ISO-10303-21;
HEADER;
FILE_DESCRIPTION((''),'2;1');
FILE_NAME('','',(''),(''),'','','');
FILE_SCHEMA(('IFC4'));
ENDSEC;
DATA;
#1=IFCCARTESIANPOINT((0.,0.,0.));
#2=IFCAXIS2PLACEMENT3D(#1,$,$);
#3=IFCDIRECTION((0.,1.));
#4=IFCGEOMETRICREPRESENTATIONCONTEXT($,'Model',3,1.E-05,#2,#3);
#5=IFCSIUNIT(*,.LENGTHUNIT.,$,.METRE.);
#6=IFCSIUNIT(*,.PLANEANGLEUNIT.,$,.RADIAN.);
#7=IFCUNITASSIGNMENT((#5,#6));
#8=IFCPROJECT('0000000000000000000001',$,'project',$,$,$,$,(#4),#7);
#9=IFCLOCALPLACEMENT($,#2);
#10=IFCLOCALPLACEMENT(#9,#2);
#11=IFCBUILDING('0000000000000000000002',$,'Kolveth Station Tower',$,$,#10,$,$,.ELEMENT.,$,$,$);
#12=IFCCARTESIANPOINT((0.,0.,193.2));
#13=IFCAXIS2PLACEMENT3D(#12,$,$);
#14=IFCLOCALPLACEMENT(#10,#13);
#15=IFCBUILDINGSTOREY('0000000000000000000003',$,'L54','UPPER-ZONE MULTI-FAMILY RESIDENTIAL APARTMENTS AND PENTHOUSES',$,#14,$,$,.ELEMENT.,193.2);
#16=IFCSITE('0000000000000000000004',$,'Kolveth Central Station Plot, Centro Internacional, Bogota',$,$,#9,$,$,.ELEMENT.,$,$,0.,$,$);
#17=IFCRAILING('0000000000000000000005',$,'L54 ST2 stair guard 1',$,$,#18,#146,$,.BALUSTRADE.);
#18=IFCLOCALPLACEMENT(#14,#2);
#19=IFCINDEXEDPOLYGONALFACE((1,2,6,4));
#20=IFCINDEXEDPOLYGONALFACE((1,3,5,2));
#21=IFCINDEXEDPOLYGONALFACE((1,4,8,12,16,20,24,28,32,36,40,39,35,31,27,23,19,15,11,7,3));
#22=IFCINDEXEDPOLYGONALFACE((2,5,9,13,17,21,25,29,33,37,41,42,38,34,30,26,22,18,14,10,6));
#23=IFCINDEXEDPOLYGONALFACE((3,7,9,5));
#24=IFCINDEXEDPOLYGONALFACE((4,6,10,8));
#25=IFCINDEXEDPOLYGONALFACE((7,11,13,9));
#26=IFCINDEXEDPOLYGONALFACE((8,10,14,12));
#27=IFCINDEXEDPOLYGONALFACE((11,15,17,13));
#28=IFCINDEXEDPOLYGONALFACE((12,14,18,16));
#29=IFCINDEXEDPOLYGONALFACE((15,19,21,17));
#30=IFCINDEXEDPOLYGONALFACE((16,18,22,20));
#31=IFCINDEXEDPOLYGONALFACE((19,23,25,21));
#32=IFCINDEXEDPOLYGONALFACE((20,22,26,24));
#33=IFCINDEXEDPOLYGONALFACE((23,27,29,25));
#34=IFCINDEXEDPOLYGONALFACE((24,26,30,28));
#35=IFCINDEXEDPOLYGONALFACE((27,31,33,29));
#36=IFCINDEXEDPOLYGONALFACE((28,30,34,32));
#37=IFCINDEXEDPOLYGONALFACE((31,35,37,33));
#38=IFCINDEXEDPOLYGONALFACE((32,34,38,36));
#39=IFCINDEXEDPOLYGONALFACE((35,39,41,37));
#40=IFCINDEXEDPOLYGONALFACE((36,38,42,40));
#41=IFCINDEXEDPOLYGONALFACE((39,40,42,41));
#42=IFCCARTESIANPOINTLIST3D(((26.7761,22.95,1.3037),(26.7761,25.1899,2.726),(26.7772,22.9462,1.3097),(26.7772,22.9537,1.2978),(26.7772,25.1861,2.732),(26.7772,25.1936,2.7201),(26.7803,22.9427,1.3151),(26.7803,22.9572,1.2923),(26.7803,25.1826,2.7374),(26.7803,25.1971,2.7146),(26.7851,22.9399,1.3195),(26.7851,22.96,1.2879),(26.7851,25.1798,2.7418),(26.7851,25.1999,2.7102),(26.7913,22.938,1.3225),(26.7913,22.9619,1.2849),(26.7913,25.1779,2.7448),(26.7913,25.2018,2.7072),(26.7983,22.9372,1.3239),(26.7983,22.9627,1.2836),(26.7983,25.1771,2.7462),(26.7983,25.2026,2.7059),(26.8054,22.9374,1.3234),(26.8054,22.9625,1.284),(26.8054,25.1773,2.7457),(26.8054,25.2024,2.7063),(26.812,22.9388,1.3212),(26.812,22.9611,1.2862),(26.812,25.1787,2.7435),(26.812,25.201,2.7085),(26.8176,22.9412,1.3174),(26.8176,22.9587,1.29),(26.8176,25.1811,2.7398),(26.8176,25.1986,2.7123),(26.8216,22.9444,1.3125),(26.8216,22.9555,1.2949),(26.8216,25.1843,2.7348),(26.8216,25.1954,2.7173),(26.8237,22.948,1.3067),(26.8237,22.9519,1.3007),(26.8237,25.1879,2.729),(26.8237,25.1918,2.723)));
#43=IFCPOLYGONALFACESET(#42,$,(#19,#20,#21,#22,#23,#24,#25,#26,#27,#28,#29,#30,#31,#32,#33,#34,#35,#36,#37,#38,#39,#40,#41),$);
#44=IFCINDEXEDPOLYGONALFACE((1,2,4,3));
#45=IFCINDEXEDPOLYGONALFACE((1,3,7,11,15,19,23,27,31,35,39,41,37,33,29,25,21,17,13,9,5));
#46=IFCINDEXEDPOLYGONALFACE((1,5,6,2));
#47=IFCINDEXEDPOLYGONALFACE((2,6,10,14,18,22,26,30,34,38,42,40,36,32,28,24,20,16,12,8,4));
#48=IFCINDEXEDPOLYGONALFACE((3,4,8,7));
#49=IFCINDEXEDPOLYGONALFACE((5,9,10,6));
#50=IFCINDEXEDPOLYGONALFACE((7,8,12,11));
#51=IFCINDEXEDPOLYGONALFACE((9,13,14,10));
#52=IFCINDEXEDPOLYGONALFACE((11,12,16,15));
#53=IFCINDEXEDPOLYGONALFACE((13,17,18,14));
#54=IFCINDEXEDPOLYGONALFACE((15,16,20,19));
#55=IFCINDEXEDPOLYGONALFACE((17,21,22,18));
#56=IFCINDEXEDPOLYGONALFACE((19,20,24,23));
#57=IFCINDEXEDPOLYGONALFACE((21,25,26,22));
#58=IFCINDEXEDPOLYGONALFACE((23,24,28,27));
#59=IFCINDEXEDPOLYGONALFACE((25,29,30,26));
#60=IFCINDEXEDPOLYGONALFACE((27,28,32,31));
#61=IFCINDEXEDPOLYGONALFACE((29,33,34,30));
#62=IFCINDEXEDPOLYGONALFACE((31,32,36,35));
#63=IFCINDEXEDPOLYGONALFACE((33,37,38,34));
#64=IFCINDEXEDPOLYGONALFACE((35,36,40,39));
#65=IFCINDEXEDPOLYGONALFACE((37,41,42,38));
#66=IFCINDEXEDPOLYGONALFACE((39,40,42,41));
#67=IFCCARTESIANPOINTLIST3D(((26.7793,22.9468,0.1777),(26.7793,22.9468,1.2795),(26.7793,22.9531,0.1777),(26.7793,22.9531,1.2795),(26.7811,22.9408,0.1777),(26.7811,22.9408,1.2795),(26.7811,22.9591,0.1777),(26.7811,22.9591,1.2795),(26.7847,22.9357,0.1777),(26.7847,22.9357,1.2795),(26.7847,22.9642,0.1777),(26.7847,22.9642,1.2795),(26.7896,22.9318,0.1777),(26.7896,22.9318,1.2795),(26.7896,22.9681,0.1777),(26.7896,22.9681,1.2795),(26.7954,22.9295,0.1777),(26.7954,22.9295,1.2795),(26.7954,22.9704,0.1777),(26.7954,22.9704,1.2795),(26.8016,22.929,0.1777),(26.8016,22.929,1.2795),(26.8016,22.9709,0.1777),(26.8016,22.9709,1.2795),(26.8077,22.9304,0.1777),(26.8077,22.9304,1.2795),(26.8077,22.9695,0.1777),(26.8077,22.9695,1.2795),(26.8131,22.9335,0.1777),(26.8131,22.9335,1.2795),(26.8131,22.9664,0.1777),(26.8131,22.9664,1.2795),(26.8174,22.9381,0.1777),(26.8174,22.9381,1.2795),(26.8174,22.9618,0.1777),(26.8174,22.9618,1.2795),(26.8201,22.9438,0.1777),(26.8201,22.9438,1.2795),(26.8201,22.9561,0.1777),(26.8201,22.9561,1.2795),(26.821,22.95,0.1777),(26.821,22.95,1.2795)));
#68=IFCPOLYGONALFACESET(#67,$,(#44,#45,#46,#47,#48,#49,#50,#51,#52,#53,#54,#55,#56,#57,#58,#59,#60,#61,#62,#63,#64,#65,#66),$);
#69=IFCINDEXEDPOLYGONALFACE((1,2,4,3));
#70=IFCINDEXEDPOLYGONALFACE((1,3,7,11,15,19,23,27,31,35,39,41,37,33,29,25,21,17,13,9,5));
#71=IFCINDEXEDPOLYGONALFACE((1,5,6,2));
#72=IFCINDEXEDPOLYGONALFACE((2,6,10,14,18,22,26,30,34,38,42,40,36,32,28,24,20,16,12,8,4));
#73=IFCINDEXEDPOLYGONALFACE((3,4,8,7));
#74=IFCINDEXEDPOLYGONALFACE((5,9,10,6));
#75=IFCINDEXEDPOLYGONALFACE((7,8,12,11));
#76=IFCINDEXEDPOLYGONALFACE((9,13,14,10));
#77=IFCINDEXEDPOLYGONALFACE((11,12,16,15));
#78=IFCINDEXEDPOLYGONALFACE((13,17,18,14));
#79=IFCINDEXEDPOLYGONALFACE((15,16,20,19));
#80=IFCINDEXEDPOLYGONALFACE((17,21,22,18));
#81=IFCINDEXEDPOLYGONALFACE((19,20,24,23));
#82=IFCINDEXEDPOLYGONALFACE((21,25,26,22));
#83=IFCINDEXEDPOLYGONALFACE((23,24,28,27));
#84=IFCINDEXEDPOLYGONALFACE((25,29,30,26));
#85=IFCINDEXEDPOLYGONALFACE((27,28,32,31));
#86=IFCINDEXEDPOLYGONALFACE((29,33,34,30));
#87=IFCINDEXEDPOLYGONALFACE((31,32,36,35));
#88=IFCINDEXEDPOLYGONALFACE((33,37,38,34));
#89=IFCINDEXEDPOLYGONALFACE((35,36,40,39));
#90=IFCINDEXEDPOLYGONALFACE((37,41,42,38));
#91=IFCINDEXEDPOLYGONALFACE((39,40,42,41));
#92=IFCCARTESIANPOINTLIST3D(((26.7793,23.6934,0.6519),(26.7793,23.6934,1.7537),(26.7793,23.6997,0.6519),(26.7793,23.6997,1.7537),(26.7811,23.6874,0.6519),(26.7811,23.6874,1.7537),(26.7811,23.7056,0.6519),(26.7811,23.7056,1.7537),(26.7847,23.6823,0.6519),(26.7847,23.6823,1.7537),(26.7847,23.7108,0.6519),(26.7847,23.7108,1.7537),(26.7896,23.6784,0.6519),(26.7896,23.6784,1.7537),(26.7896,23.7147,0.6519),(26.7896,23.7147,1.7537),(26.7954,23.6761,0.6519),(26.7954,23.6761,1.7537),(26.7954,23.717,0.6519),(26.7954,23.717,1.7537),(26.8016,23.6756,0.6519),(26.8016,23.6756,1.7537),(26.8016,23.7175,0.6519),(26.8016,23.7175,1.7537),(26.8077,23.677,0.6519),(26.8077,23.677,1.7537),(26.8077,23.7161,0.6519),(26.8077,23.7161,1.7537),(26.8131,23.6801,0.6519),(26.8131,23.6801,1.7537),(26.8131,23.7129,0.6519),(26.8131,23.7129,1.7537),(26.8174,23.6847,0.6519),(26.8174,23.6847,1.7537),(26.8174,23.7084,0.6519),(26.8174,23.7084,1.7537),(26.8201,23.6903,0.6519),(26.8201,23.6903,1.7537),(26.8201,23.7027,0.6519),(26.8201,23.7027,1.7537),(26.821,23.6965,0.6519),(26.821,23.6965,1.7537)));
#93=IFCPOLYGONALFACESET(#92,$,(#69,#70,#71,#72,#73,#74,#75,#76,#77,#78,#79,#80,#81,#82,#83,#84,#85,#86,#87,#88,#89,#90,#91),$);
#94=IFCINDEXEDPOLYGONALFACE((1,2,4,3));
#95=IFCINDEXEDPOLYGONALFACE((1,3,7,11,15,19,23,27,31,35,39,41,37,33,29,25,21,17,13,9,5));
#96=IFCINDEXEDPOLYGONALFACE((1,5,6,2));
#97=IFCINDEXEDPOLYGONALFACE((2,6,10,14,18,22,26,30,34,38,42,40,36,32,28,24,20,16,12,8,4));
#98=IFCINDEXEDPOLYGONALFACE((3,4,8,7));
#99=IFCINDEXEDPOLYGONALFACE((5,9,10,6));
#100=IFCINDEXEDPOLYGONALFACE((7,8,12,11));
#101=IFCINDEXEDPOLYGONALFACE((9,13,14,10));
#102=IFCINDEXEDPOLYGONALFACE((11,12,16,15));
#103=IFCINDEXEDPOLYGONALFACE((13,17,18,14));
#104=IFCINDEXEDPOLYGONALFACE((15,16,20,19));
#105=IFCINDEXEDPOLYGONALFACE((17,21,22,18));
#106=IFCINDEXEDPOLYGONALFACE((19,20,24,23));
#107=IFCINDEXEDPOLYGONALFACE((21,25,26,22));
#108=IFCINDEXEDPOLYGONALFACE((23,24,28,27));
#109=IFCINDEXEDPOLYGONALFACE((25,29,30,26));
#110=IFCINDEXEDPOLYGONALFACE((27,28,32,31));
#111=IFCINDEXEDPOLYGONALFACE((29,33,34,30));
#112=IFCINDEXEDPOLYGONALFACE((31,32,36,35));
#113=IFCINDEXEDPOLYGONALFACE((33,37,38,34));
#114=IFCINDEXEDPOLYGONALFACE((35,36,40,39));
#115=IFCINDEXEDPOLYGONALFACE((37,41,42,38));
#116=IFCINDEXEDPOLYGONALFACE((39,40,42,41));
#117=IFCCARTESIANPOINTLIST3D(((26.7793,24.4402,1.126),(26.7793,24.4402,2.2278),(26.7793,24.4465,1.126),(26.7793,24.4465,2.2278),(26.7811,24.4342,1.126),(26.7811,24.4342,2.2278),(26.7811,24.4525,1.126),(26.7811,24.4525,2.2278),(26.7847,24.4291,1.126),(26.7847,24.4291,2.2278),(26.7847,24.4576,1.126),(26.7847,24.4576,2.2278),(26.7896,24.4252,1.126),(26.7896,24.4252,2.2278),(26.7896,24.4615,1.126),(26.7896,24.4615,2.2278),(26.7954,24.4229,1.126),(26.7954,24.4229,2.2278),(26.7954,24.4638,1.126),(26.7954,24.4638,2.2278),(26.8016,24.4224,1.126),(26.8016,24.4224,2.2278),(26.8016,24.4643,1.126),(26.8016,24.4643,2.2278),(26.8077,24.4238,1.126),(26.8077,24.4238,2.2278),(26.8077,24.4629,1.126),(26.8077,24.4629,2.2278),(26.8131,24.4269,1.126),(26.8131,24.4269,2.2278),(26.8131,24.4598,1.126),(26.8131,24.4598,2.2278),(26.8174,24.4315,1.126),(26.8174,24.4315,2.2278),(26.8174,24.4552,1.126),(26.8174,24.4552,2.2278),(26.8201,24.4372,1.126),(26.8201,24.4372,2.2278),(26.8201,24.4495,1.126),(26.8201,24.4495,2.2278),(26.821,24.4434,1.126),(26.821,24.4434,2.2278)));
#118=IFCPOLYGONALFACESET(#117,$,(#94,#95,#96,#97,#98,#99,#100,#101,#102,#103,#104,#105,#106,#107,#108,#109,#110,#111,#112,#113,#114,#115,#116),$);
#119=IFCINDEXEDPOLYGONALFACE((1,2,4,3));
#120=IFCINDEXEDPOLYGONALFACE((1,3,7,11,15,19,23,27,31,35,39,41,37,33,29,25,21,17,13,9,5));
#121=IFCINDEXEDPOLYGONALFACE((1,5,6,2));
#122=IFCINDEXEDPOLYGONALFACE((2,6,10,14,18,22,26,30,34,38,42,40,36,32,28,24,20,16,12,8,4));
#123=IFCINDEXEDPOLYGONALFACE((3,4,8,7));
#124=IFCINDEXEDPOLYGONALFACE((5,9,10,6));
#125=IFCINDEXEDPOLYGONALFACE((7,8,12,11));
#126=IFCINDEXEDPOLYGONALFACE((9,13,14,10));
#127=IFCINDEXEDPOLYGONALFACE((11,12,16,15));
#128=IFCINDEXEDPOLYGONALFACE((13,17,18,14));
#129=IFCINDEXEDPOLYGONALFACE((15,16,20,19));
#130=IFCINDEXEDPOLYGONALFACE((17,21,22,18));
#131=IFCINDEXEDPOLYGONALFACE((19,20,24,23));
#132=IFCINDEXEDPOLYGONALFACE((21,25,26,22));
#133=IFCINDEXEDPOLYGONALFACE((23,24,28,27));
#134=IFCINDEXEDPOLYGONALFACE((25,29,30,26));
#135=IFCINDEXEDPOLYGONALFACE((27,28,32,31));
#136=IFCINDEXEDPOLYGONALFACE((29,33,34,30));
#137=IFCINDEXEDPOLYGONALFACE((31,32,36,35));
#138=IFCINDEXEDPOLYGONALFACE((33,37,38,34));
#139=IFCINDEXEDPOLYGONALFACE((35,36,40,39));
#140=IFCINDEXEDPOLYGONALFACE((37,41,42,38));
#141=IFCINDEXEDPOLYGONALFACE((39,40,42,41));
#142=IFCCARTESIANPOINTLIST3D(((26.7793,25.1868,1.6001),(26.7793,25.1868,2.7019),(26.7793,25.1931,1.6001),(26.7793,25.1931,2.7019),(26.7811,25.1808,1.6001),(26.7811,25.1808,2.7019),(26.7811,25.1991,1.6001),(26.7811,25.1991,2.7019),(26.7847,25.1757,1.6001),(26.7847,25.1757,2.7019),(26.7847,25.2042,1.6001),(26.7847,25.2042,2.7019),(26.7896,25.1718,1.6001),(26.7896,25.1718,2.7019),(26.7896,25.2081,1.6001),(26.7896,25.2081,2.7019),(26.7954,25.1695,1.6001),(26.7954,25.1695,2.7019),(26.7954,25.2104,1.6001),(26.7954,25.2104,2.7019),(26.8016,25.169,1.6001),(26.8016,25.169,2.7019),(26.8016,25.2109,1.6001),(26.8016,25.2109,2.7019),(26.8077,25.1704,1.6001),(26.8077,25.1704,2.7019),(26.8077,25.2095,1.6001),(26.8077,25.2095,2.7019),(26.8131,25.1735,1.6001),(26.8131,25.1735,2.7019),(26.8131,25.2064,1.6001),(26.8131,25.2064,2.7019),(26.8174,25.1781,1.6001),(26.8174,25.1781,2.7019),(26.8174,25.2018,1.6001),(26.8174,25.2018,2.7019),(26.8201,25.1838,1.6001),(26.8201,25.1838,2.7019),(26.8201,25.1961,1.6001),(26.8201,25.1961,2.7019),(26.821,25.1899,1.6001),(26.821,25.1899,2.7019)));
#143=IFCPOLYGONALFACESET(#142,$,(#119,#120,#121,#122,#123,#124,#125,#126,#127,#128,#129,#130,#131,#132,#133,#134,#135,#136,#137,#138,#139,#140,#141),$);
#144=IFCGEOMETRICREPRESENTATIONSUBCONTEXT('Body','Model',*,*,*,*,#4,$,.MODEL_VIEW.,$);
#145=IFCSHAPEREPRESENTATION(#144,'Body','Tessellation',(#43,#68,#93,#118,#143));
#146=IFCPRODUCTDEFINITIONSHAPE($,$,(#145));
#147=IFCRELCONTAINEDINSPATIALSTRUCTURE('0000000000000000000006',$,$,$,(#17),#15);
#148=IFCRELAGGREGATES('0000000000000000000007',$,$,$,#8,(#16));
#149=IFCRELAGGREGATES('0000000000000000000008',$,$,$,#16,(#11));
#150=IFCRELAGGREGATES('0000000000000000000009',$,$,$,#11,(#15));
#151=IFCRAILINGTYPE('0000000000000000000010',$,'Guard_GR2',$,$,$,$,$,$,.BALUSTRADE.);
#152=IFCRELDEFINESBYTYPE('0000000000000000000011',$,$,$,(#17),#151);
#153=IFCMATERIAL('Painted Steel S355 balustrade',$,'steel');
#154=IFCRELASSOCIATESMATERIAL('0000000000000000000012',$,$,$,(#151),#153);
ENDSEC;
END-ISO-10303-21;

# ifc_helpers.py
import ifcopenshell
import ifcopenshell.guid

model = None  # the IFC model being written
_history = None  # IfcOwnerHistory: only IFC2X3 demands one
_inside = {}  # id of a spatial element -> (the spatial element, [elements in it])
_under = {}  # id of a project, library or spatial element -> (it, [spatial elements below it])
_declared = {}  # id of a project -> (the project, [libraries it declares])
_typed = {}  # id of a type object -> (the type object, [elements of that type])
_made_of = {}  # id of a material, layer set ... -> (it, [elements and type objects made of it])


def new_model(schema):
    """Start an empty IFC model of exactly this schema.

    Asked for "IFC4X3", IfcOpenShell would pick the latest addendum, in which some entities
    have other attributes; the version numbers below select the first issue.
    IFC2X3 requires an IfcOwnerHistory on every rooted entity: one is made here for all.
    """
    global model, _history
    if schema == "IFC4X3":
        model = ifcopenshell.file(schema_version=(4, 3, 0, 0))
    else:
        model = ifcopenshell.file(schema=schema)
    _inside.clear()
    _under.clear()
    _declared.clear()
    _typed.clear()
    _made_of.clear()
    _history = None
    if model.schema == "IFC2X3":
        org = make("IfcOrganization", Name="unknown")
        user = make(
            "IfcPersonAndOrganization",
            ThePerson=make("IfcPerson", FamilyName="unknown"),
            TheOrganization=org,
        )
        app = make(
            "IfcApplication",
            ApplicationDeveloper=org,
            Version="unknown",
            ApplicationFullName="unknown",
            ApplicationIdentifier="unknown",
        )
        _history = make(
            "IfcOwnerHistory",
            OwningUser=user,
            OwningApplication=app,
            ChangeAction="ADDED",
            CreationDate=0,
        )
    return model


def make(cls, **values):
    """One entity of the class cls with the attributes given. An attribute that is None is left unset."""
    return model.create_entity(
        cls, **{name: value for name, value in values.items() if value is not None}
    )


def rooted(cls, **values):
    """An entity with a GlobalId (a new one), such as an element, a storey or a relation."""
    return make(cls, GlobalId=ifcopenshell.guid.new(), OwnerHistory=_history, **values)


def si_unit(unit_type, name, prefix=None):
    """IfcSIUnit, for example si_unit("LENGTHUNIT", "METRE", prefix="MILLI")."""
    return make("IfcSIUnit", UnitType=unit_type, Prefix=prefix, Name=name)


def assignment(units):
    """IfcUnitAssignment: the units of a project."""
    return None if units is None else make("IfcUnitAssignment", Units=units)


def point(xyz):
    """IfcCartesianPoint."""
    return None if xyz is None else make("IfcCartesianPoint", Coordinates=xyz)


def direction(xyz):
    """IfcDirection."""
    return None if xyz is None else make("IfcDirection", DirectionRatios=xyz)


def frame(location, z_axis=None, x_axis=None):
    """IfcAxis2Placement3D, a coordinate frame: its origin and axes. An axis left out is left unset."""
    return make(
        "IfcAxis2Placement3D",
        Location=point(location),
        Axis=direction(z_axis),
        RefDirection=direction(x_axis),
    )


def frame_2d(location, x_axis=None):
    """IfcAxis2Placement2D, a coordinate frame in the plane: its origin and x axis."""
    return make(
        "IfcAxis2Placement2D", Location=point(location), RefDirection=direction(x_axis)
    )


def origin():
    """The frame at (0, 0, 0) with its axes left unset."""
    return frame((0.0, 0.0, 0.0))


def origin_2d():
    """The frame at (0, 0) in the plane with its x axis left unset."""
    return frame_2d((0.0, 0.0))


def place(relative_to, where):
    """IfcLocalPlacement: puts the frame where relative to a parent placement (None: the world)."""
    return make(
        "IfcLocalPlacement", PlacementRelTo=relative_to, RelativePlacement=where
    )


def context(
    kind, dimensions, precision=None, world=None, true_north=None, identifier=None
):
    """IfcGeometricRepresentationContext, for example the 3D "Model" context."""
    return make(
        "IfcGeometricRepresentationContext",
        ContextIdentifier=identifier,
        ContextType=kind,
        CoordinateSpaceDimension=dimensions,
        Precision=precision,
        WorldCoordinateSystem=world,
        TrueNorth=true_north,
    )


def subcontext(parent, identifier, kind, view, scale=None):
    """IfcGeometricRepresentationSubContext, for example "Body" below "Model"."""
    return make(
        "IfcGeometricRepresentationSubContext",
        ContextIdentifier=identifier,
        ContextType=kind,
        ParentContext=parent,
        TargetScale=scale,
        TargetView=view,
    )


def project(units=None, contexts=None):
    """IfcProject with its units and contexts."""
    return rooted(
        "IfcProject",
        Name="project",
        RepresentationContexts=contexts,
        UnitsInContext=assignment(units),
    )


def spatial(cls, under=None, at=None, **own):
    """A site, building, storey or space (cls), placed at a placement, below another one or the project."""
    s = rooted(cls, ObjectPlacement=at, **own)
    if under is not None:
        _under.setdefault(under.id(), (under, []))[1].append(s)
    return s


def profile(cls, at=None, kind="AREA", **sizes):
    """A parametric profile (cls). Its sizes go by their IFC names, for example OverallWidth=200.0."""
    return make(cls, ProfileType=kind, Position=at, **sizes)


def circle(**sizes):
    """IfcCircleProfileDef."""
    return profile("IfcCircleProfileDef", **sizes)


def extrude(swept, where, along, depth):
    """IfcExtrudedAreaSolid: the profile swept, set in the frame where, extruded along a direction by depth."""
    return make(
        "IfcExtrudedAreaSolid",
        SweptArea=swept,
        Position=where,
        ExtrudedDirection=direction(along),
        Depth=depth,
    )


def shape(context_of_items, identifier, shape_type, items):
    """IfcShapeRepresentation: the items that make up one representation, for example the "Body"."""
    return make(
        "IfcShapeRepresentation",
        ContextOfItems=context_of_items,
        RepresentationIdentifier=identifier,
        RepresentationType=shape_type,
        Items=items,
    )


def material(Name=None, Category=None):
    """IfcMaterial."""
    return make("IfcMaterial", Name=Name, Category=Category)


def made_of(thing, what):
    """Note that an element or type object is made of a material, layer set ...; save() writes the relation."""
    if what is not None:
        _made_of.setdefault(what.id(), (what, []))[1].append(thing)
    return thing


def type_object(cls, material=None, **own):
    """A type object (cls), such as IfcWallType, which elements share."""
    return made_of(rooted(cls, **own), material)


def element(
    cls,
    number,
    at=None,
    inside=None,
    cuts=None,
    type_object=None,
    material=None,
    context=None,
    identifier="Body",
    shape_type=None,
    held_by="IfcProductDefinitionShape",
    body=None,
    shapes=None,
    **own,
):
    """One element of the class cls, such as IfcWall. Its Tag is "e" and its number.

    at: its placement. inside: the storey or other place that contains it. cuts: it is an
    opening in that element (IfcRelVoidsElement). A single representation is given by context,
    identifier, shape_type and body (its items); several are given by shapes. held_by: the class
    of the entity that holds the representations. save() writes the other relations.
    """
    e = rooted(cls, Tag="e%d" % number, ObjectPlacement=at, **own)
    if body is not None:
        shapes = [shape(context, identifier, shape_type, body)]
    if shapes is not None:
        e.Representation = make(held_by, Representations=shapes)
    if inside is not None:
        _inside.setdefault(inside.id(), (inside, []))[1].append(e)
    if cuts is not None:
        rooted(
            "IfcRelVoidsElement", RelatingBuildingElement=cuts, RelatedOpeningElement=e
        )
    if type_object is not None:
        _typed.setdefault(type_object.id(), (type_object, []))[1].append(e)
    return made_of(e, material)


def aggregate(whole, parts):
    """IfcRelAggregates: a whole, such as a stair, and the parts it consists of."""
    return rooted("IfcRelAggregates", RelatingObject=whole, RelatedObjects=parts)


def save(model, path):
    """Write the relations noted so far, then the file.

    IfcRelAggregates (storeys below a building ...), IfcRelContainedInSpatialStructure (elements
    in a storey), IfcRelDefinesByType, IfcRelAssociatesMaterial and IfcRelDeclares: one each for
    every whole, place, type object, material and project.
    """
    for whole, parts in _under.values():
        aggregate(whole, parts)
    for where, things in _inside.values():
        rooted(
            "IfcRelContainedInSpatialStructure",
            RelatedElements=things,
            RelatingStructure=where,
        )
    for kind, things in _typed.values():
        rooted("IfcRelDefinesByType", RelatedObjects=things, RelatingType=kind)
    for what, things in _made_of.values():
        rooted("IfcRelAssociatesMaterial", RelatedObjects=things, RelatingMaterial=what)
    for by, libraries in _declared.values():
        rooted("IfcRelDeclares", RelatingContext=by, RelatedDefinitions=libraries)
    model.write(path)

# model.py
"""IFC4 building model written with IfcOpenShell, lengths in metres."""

from ifc_helpers import new_model, si_unit, direction, frame, origin, origin_2d, place, context, subcontext, project, spatial, circle, extrude, material, type_object, element, save


model = new_model("IFC4")

# Units and contexts
model_context = context("Model", 3, precision=1e-05, world=origin(), true_north=direction((0.0, 1.0)))
body_context = subcontext(model_context, "Body", "Model", "MODEL_VIEW")
ifc_project = project(units=[si_unit("LENGTHUNIT", "METRE"), si_unit("PLANEANGLEUNIT", "RADIAN")], contexts=[model_context])

# Site, building, storey
site_placement = place(None, origin())
site = spatial("IfcSite", under=ifc_project, at=site_placement, Name="Kolveth Central Station Plot, Centro Internacional, Bogota", CompositionType="ELEMENT", RefElevation=0.0)
building_placement = place(site_placement, origin())
building = spatial("IfcBuilding", under=site, at=building_placement, Name="Kolveth Station Tower", CompositionType="ELEMENT")
storey_placement = place(building_placement, frame((0.0, 0.0, 193.2)))
storey = spatial("IfcBuildingStorey", under=building, at=storey_placement, Name="L54", Description="UPPER-ZONE MULTI-FAMILY RESIDENTIAL APARTMENTS AND PENTHOUSES", CompositionType="ELEMENT", Elevation=193.2)

# Railing
ifc_material_1 = material(Name="Painted Steel S355 balustrade", Category="steel")
railing_type_1 = type_object("IfcRailingType", Name="Guard_GR2", PredefinedType="BALUSTRADE", material=ifc_material_1)
railing_1_placement = place(storey_placement, frame((26.8, 22.95, 0.1777)))
element("IfcRailing", 1, at=railing_1_placement, inside=storey, type_object=railing_type_1, Name="L54 ST2 stair guard 1", PredefinedType="BALUSTRADE", context=body_context, shape_type="SweptSolid", body=[
    extrude(circle(Radius=0.0239, at=origin_2d()), frame((0.0, 0.0, 1.126), z_axis=(0.0, 0.844188, 0.536048), x_axis=(-1.0, 0.0, 0.0)), (0.0, 0.0, 1.0), 2.6533),
    extrude(circle(Radius=0.021, at=origin_2d()), origin(), (0.0, 0.0, 1.0), 1.1018),
    extrude(circle(Radius=0.021, at=origin_2d()), frame((0.0, 0.7466, 0.4741)), (0.0, 0.0, 1.0), 1.1018),
    extrude(circle(Radius=0.021, at=origin_2d()), frame((0.0, 1.4934, 0.9482)), (0.0, 0.0, 1.0), 1.1018),
    extrude(circle(Radius=0.021, at=origin_2d()), frame((0.0, 2.24, 1.4224)), (0.0, 0.0, 1.0), 1.1018),
])

save(model, "model.ifc")
